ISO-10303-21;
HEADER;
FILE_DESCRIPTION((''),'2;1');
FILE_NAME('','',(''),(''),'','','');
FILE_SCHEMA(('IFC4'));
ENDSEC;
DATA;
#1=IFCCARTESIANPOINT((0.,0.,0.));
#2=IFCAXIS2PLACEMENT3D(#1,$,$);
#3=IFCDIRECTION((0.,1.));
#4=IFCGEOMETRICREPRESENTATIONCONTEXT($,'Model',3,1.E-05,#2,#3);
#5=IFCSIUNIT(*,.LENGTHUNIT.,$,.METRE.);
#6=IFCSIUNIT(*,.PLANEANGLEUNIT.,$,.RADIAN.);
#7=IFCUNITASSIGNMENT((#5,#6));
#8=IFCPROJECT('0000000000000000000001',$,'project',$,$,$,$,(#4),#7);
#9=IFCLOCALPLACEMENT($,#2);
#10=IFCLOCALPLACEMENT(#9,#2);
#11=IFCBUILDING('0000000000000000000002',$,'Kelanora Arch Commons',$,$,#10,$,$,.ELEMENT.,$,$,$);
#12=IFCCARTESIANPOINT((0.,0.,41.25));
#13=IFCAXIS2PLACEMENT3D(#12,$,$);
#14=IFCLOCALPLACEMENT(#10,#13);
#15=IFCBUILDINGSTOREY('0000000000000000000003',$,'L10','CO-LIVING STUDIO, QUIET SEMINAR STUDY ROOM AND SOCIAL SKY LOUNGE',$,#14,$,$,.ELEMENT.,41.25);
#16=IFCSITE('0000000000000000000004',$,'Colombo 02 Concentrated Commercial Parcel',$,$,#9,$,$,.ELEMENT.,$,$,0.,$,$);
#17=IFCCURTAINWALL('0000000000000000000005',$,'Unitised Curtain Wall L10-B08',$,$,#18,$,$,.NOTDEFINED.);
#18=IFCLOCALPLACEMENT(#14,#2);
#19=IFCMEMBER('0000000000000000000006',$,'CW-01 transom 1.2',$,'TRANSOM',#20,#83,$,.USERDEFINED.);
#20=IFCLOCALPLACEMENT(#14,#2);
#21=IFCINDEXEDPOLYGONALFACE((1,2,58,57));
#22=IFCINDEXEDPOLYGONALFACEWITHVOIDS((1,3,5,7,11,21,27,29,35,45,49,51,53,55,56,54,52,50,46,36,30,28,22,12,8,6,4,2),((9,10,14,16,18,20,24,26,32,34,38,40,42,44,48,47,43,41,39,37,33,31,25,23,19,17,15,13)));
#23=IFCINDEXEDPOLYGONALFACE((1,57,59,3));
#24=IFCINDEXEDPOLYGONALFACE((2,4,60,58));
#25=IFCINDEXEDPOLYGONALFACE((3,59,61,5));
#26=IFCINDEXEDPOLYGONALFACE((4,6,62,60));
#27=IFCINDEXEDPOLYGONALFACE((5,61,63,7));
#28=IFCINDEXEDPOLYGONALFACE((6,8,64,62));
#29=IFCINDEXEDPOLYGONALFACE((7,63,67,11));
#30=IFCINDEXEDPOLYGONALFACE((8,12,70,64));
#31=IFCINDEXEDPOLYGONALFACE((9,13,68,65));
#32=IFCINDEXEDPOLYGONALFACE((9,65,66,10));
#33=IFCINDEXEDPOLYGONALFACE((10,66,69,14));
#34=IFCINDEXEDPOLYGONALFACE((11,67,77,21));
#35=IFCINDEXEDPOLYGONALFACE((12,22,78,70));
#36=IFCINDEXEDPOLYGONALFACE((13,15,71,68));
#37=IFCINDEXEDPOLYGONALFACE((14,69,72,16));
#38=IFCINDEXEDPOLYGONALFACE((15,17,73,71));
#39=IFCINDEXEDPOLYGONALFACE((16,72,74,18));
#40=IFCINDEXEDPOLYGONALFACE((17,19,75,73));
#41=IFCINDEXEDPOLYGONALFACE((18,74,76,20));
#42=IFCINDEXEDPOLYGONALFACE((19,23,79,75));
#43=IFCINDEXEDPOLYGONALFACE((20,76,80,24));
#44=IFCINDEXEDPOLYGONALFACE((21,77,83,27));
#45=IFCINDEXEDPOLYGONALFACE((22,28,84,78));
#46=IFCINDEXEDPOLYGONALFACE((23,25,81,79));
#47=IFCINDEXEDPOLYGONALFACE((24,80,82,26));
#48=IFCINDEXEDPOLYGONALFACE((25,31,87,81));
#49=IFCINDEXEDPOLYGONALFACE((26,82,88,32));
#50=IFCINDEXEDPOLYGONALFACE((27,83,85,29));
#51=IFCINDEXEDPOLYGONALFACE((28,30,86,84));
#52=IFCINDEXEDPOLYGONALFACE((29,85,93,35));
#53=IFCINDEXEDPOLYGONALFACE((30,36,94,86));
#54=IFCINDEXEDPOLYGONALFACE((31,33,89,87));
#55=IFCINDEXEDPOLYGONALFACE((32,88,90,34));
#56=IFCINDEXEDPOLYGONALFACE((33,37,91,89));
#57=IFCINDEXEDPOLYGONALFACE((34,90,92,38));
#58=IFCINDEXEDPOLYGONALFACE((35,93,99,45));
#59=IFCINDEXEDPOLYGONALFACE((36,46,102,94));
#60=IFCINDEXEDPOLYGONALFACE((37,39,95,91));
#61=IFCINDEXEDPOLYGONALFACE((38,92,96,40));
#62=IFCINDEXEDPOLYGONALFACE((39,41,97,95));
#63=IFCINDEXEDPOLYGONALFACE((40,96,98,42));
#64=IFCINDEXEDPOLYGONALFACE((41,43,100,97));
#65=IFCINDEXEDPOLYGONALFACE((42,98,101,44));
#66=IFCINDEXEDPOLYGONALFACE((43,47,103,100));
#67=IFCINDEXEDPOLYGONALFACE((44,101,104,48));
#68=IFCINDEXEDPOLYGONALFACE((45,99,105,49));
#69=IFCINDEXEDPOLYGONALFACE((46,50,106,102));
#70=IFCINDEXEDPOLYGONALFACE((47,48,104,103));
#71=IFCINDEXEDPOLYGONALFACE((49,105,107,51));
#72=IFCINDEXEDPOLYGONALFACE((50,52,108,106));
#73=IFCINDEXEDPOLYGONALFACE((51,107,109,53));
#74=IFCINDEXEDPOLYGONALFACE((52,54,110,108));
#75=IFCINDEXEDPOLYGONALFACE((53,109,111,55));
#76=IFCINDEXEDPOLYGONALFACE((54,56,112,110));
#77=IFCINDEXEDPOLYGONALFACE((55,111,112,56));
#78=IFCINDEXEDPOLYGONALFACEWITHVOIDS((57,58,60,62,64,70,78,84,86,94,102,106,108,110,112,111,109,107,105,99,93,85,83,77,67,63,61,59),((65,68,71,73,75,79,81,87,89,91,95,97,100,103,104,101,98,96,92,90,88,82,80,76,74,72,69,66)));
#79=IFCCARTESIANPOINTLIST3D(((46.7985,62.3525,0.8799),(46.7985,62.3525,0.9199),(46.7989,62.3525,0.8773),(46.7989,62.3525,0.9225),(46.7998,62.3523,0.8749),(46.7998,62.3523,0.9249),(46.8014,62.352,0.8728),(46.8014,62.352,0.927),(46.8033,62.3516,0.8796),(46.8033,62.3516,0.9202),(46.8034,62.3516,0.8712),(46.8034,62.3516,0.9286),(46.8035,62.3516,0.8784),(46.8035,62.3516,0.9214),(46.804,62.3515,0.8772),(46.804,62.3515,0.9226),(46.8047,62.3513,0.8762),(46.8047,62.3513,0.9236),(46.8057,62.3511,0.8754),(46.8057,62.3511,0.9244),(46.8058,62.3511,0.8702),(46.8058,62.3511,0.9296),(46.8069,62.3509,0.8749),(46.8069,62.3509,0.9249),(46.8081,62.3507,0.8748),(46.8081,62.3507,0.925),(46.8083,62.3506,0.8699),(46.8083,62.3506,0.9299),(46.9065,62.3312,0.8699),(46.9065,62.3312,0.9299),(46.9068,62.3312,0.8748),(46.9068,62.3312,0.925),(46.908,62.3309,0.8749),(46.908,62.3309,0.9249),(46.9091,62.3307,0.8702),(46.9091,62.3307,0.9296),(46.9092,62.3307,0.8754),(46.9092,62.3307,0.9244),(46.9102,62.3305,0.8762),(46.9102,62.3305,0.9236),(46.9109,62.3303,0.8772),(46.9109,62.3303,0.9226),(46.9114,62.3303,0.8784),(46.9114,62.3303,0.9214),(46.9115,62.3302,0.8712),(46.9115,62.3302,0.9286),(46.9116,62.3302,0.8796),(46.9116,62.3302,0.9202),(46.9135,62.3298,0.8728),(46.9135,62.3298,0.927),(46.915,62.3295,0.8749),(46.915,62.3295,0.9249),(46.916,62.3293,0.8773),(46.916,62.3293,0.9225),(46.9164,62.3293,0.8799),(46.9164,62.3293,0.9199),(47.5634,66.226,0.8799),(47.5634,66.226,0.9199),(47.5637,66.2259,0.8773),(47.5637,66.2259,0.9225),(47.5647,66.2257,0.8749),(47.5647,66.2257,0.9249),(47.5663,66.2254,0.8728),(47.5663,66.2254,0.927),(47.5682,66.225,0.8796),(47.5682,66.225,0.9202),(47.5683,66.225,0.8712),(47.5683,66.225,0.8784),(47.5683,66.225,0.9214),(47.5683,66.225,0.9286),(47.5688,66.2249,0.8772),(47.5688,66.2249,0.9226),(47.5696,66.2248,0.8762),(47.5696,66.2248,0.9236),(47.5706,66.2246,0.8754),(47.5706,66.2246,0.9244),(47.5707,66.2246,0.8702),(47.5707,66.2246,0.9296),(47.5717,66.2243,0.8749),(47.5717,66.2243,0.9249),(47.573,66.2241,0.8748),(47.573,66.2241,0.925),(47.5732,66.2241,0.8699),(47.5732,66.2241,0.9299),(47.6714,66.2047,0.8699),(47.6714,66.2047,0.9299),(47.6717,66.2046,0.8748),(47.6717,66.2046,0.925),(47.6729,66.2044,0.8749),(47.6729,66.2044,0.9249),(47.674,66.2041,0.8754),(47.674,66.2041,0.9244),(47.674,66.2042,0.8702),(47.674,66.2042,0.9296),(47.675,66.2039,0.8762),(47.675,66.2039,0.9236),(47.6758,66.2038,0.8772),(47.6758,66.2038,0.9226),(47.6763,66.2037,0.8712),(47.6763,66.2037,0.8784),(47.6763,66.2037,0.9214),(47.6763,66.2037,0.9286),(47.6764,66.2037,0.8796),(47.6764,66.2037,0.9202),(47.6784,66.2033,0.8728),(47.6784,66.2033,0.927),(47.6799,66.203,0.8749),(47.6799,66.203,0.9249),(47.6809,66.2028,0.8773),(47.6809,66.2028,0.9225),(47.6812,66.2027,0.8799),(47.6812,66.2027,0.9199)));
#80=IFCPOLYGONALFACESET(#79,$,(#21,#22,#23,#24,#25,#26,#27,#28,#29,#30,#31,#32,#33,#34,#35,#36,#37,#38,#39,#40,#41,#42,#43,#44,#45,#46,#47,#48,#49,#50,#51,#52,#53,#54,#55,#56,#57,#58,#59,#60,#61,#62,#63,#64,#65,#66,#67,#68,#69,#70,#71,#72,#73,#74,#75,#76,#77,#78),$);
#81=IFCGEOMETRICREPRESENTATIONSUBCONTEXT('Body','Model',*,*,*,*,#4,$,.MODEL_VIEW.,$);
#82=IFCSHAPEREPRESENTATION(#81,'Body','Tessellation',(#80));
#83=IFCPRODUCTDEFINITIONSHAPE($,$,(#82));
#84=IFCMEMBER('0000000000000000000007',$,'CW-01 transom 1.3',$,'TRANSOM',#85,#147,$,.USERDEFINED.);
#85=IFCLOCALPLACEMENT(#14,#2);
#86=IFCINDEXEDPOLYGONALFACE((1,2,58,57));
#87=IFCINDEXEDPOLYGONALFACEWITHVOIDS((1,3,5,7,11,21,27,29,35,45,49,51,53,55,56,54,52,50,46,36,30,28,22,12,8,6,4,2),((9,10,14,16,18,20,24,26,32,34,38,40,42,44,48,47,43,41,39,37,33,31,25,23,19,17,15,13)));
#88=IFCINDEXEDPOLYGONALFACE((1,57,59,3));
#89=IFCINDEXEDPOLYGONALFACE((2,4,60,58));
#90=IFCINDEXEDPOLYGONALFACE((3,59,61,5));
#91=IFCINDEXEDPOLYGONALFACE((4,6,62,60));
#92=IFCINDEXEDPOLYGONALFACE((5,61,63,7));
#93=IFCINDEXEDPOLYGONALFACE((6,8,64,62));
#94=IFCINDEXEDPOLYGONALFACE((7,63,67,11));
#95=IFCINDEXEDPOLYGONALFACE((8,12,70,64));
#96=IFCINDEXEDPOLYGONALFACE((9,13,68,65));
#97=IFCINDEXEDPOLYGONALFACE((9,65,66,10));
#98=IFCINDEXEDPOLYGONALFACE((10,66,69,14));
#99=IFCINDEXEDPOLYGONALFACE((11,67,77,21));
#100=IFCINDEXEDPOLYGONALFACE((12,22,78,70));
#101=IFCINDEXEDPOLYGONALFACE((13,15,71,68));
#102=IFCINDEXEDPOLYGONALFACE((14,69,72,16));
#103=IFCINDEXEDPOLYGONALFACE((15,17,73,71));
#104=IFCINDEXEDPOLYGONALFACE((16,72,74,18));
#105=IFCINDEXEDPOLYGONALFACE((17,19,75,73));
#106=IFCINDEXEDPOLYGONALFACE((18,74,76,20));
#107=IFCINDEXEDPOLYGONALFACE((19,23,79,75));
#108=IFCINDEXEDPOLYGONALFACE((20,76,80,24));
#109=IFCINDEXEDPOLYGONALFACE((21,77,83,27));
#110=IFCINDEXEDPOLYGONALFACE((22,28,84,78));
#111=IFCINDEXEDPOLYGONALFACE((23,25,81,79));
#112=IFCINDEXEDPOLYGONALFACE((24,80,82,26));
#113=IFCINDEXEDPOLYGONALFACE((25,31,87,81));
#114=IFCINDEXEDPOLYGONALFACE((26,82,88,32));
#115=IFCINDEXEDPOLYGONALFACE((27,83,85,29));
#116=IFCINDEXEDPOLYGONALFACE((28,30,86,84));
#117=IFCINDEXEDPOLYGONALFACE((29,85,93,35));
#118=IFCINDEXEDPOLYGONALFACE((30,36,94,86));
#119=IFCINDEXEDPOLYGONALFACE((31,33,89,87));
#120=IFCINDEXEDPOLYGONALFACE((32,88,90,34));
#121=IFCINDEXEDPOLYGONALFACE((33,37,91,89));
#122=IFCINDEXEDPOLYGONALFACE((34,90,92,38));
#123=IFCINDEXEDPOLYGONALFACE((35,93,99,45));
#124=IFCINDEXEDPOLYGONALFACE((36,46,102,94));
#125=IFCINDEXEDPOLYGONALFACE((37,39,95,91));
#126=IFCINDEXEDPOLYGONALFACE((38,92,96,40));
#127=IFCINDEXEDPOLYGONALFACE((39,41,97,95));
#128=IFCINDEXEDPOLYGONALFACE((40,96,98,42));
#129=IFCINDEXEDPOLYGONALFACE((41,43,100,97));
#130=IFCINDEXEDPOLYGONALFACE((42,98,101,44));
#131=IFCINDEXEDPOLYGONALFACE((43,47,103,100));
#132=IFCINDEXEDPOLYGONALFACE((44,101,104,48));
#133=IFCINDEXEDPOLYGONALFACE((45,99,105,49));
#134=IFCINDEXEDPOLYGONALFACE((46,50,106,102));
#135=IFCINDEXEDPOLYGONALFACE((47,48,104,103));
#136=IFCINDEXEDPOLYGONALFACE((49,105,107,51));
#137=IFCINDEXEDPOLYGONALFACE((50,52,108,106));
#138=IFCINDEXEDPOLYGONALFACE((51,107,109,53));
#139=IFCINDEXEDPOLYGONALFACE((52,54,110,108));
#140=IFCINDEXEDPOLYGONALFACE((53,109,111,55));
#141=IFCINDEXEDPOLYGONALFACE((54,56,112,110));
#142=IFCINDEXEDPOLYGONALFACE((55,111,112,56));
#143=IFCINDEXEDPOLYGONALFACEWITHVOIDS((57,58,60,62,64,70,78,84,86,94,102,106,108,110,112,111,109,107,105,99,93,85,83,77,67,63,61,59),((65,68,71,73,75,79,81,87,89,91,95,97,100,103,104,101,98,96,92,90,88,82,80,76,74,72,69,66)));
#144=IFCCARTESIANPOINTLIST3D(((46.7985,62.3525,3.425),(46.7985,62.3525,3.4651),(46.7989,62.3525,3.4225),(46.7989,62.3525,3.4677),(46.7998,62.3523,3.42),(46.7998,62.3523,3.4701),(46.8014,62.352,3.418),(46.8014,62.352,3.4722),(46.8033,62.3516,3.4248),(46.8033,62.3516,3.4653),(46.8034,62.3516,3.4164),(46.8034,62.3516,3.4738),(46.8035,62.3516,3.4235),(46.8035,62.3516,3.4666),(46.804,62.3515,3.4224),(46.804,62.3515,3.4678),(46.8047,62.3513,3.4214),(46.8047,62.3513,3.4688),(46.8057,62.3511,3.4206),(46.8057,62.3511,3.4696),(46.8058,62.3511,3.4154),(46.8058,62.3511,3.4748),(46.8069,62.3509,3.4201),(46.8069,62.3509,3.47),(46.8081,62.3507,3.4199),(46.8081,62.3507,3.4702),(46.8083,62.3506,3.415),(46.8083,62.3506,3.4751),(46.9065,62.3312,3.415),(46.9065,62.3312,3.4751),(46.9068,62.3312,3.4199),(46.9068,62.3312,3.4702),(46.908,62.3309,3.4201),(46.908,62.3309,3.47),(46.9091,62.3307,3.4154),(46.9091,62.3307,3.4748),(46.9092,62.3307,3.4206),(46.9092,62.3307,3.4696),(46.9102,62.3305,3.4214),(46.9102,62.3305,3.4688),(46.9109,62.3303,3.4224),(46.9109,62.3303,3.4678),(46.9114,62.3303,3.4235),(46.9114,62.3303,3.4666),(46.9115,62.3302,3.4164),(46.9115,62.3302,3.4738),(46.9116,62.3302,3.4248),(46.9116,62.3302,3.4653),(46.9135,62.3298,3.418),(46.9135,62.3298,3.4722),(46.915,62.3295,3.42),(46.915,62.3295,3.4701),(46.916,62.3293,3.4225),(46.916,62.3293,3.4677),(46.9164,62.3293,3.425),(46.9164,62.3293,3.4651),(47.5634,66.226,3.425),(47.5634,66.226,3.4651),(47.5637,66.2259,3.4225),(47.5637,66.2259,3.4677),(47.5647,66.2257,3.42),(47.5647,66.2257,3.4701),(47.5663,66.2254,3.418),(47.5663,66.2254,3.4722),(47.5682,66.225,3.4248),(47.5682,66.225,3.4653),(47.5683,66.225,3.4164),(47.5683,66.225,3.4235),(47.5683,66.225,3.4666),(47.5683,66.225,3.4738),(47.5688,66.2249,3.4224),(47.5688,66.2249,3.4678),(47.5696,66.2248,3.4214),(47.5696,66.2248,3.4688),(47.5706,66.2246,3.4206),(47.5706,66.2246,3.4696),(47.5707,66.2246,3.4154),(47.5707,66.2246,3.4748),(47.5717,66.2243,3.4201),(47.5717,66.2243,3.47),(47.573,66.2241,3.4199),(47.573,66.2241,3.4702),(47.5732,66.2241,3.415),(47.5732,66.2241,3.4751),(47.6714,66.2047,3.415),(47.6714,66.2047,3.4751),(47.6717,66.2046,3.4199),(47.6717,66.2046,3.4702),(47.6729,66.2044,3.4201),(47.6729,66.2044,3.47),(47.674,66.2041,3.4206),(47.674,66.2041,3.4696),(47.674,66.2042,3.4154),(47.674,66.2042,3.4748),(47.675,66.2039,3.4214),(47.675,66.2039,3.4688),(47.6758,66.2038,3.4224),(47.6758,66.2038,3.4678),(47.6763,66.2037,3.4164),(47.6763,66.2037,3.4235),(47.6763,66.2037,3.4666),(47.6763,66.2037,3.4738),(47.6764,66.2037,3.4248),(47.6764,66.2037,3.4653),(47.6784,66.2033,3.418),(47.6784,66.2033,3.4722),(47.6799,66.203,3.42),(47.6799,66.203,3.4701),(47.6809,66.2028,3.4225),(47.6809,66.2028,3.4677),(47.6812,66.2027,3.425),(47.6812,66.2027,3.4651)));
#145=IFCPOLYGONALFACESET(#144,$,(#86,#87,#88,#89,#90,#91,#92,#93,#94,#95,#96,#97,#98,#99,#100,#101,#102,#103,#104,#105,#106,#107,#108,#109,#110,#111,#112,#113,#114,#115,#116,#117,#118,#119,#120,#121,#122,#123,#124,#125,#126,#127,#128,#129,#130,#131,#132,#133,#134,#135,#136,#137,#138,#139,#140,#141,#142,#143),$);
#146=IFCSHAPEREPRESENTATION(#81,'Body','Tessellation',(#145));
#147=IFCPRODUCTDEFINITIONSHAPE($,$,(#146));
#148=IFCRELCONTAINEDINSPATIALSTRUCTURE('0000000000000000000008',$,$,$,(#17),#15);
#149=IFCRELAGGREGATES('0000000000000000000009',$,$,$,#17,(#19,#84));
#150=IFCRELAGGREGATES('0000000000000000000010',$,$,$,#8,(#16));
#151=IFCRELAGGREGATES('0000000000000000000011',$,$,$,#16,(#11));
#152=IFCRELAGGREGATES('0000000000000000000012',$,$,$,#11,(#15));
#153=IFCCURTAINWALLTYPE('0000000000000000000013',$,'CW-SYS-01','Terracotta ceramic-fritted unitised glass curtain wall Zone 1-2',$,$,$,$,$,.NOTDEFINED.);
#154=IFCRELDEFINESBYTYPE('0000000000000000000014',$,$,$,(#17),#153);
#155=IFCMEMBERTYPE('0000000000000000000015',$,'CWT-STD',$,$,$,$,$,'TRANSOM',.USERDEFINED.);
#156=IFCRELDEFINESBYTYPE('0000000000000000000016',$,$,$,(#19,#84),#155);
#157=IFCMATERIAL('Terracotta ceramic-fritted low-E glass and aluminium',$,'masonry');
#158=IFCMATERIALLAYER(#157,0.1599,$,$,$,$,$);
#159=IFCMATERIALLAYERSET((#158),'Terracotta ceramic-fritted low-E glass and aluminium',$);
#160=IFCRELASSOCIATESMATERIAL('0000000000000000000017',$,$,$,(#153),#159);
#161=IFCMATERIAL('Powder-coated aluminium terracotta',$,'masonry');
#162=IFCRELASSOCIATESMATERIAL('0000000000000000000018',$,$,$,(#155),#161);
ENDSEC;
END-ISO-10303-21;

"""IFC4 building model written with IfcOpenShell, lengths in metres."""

from ifc_helpers import new_model, si_unit, direction, frame, origin, origin_2d, place, context, subcontext, project, spatial, hollow_rectangle, extrude, material, layer, layer_set, material_profile, profile_set, type_object, element, aggregate, save


model = new_model("IFC4")

# Units and contexts
model_context = context("Model", 3, precision=1e-05, world=origin(), true_north=direction((0.0, 1.0)))
body_context = subcontext(model_context, "Body", "Model", "MODEL_VIEW")
ifc_project = project(units=[si_unit("LENGTHUNIT", "METRE"), si_unit("PLANEANGLEUNIT", "RADIAN")], contexts=[model_context])

# Site, building, storey
site_placement = place(None, origin())
site = spatial("IfcSite", under=ifc_project, at=site_placement, Name="Colombo 02 Concentrated Commercial Parcel", CompositionType="ELEMENT", RefElevation=0.0)
building_placement = place(site_placement, origin())
building = spatial("IfcBuilding", under=site, at=building_placement, Name="Kelanora Arch Commons", CompositionType="ELEMENT")
storey_placement = place(building_placement, frame((0.0, 0.0, 41.25)))
storey = spatial("IfcBuildingStorey", under=building, at=storey_placement, Name="L10", Description="CO-LIVING STUDIO, QUIET SEMINAR STUDY ROOM AND SOCIAL SKY LOUNGE", CompositionType="ELEMENT", Elevation=41.25)

# Curtain wall, members
ifc_material_1 = material(Name="Terracotta ceramic-fritted low-E glass and aluminium", Category="masonry")
ifc_layer_1 = layer(ifc_material_1, 0.1599)
ifc_layer_set_1 = layer_set([ifc_layer_1], Name="Terracotta ceramic-fritted low-E glass and aluminium")
curtain_wall_type = type_object("IfcCurtainWallType", Name="CW-SYS-01", Description="Terracotta ceramic-fritted unitised glass curtain wall Zone 1-2", PredefinedType="NOTDEFINED", material=ifc_layer_set_1)
curtain_wall_placement = place(storey_placement, origin())
curtain_wall = element("IfcCurtainWall", 1, at=curtain_wall_placement, inside=storey, type_object=curtain_wall_type, Name="Unitised Curtain Wall L10-B08", PredefinedType="NOTDEFINED")
ifc_material_2 = material(Name="Powder-coated aluminium terracotta", Category="masonry")
ifc_material_profile_1 = material_profile(ifc_material_2, hollow_rectangle(XDim=0.1201, YDim=0.0601, WallThickness=0.0049, InnerFilletRadius=0.0049, OuterFilletRadius=0.01, at=origin_2d()), Name="CWT120x60")
ifc_profile_set_1 = profile_set([ifc_material_profile_1], Name="Powder-coated aluminium terracotta")
member_type_1 = type_object("IfcMemberType", Name="CWT-STD", ElementType="TRANSOM", PredefinedType="USERDEFINED", material=ifc_profile_set_1)
member_1_placement = place(storey_placement, frame((47.6223, 66.2144, 0.8999), z_axis=(-0.193725, -0.981056, 0.0), x_axis=(0.981056, -0.193725, 0.0)))
member_1 = element("IfcMember", 2, at=member_1_placement, type_object=member_type_1, Name="CW-01 transom 1.2", ObjectType="TRANSOM", PredefinedType="USERDEFINED", context=body_context, shape_type="SweptSolid", body=[
    extrude(hollow_rectangle(XDim=0.1201, YDim=0.0601, WallThickness=0.0049, InnerFilletRadius=0.0049, OuterFilletRadius=0.01, at=origin_2d()), origin(), (0.0, 0.0, 1.0), 3.9482),
])
member_2_placement = place(storey_placement, frame((47.6223, 66.2144, 3.4451), z_axis=(-0.193725, -0.981056, 0.0), x_axis=(0.981056, -0.193725, 0.0)))
member_2 = element("IfcMember", 3, at=member_2_placement, type_object=member_type_1, Name="CW-01 transom 1.3", ObjectType="TRANSOM", PredefinedType="USERDEFINED", context=body_context, shape_type="SweptSolid", body=[
    extrude(hollow_rectangle(XDim=0.1201, YDim=0.0601, WallThickness=0.0049, InnerFilletRadius=0.0049, OuterFilletRadius=0.01, at=origin_2d()), origin(), (0.0, 0.0, 1.0), 3.9482),
])
aggregate(curtain_wall, [member_1, member_2])

save(model, "model.ifc")
